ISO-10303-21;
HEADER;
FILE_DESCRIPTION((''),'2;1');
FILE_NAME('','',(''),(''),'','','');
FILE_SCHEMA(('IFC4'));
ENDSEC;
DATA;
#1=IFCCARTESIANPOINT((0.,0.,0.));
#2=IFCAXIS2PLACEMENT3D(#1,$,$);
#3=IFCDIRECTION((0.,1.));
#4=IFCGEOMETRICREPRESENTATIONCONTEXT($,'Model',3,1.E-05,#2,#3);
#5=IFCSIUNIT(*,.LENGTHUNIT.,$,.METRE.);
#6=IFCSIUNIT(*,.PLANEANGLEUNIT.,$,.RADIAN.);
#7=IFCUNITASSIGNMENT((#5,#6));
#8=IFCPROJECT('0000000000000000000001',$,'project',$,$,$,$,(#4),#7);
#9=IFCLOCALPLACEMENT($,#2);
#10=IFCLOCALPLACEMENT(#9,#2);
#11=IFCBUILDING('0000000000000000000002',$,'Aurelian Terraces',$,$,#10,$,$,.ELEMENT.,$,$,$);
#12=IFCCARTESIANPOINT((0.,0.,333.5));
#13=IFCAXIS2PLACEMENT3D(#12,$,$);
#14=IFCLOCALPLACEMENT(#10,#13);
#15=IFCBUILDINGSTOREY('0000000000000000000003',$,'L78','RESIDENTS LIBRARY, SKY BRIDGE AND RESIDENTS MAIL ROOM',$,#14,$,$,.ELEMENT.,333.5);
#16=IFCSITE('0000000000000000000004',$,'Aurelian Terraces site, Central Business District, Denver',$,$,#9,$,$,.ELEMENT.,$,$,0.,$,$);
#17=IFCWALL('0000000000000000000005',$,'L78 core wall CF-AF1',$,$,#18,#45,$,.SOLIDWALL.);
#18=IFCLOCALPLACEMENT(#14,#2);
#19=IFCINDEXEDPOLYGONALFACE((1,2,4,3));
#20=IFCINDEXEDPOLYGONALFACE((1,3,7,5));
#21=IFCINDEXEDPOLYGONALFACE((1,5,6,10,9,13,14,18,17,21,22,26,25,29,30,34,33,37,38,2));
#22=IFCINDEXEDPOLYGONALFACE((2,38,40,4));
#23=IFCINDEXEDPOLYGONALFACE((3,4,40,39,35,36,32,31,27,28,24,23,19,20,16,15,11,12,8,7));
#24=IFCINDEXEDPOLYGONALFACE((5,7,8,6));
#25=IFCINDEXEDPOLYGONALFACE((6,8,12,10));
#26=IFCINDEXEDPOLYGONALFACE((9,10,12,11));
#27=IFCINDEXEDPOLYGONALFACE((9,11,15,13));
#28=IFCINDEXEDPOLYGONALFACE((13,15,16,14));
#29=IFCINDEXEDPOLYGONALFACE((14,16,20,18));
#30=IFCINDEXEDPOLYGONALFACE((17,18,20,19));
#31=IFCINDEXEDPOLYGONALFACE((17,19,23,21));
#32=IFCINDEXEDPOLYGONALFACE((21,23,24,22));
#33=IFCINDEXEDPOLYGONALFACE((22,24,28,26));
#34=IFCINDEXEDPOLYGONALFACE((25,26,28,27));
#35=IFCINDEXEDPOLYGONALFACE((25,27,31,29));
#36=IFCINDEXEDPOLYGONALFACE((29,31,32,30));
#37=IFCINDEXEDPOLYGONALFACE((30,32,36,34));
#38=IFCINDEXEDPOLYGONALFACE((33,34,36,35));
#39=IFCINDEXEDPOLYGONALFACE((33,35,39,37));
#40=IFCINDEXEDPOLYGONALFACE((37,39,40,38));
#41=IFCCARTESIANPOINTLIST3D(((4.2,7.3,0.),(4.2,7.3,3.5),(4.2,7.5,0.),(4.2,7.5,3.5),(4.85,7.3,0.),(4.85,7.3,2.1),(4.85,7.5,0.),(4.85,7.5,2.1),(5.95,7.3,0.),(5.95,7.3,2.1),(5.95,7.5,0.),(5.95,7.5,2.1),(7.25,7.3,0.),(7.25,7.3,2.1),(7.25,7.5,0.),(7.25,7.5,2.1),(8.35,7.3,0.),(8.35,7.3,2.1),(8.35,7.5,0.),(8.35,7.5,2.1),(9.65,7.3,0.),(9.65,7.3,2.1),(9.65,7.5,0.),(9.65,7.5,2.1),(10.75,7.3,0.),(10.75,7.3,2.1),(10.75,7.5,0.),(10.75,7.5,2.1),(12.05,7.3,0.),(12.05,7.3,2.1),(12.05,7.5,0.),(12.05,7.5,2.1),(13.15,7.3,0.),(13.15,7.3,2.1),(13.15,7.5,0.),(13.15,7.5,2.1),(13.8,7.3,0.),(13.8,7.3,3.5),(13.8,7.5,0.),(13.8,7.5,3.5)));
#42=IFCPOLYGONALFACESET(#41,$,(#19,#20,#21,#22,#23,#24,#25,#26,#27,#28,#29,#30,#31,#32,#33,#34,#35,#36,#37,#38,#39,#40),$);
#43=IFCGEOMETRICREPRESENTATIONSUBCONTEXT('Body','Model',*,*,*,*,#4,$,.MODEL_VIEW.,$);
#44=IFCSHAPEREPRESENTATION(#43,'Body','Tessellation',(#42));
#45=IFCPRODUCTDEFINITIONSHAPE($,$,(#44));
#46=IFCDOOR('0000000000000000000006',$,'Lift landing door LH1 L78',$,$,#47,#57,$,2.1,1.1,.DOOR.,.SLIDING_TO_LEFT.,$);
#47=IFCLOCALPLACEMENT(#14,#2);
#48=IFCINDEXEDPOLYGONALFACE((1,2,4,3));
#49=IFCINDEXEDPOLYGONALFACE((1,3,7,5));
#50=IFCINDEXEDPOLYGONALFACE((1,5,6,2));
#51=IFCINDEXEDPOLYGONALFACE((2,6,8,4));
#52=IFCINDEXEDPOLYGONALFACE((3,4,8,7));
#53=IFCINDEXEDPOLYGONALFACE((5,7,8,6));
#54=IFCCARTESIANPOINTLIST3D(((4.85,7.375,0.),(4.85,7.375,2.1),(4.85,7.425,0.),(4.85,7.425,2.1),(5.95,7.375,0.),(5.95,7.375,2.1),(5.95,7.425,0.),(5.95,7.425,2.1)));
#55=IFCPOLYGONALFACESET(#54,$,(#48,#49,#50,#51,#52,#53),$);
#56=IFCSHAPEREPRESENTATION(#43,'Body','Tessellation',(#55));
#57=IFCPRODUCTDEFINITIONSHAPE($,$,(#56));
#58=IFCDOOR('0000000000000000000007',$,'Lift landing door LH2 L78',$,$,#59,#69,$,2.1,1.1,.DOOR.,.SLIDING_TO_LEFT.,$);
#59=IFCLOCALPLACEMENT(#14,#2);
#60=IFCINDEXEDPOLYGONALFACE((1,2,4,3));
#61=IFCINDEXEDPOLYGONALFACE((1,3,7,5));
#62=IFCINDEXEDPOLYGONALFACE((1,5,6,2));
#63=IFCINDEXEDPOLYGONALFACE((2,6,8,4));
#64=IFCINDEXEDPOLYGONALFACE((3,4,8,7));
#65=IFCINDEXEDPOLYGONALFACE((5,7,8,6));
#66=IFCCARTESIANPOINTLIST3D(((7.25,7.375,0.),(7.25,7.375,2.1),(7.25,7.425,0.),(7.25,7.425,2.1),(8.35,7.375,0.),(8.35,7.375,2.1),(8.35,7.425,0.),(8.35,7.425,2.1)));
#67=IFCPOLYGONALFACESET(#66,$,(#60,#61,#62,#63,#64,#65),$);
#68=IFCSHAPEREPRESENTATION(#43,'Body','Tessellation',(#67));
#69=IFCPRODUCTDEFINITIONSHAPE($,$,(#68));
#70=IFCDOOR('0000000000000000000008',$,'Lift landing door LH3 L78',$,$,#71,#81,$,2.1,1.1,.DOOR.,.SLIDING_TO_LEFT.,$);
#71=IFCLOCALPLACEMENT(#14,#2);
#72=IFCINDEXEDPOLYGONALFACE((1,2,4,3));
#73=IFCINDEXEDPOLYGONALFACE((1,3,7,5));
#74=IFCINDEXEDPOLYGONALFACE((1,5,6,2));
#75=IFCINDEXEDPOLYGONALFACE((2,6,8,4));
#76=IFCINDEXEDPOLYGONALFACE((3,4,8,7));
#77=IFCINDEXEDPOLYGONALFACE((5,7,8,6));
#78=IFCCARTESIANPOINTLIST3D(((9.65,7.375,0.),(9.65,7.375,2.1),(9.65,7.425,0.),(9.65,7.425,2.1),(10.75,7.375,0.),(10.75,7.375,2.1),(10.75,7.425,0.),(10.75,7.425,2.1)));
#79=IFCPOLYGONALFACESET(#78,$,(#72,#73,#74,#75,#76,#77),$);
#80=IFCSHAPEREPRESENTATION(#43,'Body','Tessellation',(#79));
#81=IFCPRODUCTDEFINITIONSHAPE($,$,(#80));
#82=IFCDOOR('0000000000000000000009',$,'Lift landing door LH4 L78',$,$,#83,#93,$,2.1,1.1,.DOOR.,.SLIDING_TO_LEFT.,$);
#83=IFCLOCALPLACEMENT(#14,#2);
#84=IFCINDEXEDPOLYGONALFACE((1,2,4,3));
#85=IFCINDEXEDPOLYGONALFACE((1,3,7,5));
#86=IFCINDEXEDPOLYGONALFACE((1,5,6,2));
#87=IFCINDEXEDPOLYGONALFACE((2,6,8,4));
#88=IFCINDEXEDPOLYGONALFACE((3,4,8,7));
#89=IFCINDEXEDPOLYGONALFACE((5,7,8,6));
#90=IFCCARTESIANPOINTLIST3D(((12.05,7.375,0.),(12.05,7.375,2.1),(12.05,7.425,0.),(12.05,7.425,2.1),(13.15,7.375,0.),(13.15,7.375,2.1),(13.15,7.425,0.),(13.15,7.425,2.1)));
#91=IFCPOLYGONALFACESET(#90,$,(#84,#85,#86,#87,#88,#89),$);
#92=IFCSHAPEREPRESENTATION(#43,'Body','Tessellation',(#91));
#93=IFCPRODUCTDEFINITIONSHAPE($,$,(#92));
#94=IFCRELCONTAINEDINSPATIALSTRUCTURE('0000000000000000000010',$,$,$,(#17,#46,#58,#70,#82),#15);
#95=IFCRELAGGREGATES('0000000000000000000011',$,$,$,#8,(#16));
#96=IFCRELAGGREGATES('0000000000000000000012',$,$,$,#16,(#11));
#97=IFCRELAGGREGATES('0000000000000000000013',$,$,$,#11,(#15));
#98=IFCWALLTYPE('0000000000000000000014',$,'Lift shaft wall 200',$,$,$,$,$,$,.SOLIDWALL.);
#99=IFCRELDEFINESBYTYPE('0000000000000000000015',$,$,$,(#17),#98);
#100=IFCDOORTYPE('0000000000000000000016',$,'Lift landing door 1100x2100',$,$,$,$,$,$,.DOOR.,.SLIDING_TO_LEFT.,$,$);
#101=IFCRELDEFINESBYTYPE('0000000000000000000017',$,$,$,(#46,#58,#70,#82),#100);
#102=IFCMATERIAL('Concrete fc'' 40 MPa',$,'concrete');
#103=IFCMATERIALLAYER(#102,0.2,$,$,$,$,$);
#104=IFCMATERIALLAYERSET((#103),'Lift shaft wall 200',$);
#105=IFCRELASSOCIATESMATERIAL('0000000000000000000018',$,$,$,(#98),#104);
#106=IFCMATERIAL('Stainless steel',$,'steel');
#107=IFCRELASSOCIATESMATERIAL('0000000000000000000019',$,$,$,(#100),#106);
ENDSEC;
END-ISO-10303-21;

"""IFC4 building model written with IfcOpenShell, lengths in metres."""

from ifc_helpers import new_model, si_unit, direction, frame, frame_2d, origin, place, context, subcontext, project, spatial, rectangle, extrude, source, transform, mapped, material, layer, layer_set, type_object, element, fill, save


model = new_model("IFC4")

# Units and contexts
model_context = context("Model", 3, precision=1e-05, world=origin(), true_north=direction((0.0, 1.0)))
body_context = subcontext(model_context, "Body", "Model", "MODEL_VIEW")
ifc_project = project(units=[si_unit("LENGTHUNIT", "METRE"), si_unit("PLANEANGLEUNIT", "RADIAN")], contexts=[model_context])

# Site, building, storey
site_placement = place(None, origin())
site = spatial("IfcSite", under=ifc_project, at=site_placement, Name="Aurelian Terraces site, Central Business District, Denver", CompositionType="ELEMENT", RefElevation=0.0)
building_placement = place(site_placement, origin())
building = spatial("IfcBuilding", under=site, at=building_placement, Name="Aurelian Terraces", CompositionType="ELEMENT")
storey_placement = place(building_placement, frame((0.0, 0.0, 333.5)))
storey = spatial("IfcBuildingStorey", under=building, at=storey_placement, Name="L78", Description="RESIDENTS LIBRARY, SKY BRIDGE AND RESIDENTS MAIL ROOM", CompositionType="ELEMENT", Elevation=333.5)

# Shared definitions
ifc_material_1 = material(Name="Concrete fc' 40 MPa", Category="concrete")

# Shared definitions
ifc_layer_1 = layer(ifc_material_1, 0.2)
ifc_layer_set_1 = layer_set([ifc_layer_1], Name="Lift shaft wall 200")
wall_type_1 = type_object("IfcWallType", Name="Lift shaft wall 200", PredefinedType="SOLIDWALL", material=ifc_layer_set_1)

# Wall, openings, doors
shared_shape_1 = source(origin(), body_context, "Body", "SweptSolid", [
    extrude(rectangle(XDim=1.1, YDim=2.1, at=frame_2d((0.55, 1.05))), frame((0.0, 0.11, 0.0), z_axis=(0.0, -1.0, 0.0), x_axis=(1.0, 0.0, 0.0)), (0.0, 0.0, 1.0), 0.22),
])
ifc_material_2 = material(Name="Stainless steel", Category="steel")
door_type_1 = type_object("IfcDoorType", Name="Lift landing door 1100x2100", OperationType="SLIDING_TO_LEFT", PredefinedType="DOOR", material=ifc_material_2)
shared_shape_2 = source(origin(), body_context, "Body", "SweptSolid", [
    extrude(rectangle(XDim=1.1, YDim=2.1, at=frame_2d((0.55, 1.05))), frame((0.0, 0.025, 0.0), z_axis=(0.0, -1.0, 0.0), x_axis=(1.0, 0.0, 0.0)), (0.0, 0.0, 1.0), 0.05),
])
shared_shape_3 = source(origin(), body_context, "Body", "SweptSolid", [
    extrude(rectangle(XDim=9.6, YDim=0.2, at=frame_2d((4.8, 0.0))), origin(), (0.0, 0.0, 1.0), 3.5),
])
wall_1_placement = place(storey_placement, frame((4.2, 7.4, 0.0), z_axis=(0.0, 0.0, 1.0), x_axis=(1.0, 0.0, 0.0)))
wall_1 = element("IfcWall", 1, at=wall_1_placement, inside=storey, type_object=wall_type_1, Name="L78 core wall CF-AF1", PredefinedType="SOLIDWALL", context=body_context, shape_type="MappedRepresentation", body=[
    mapped(shared_shape_3, transform((0.0, 0.0, 0.0), scale=1.0)),
])
opening_1_placement = place(wall_1_placement, frame((0.65, 0.0, 0.0)))
opening_1 = element("IfcOpeningElement", 2, at=opening_1_placement, cuts=wall_1, PredefinedType="OPENING", context=body_context, shape_type="MappedRepresentation", body=[
    mapped(shared_shape_1, transform((0.0, 0.0, 0.0), scale=1.0)),
])
opening_2_placement = place(wall_1_placement, frame((3.05, 0.0, 0.0)))
opening_2 = element("IfcOpeningElement", 3, at=opening_2_placement, cuts=wall_1, PredefinedType="OPENING", context=body_context, shape_type="MappedRepresentation", body=[
    mapped(shared_shape_1, transform((0.0, 0.0, 0.0), scale=1.0)),
])
opening_3_placement = place(wall_1_placement, frame((5.45, 0.0, 0.0)))
opening_3 = element("IfcOpeningElement", 4, at=opening_3_placement, cuts=wall_1, PredefinedType="OPENING", context=body_context, shape_type="MappedRepresentation", body=[
    mapped(shared_shape_1, transform((0.0, 0.0, 0.0), scale=1.0)),
])
opening_4_placement = place(wall_1_placement, frame((7.85, 0.0, 0.0)))
opening_4 = element("IfcOpeningElement", 5, at=opening_4_placement, cuts=wall_1, PredefinedType="OPENING", context=body_context, shape_type="MappedRepresentation", body=[
    mapped(shared_shape_1, transform((0.0, 0.0, 0.0), scale=1.0)),
])
door_1_placement = place(opening_1_placement, origin())
door_1 = element("IfcDoor", 6, at=door_1_placement, inside=storey, type_object=door_type_1, Name="Lift landing door LH1 L78", OperationType="SLIDING_TO_LEFT", OverallHeight=2.1, OverallWidth=1.1, PredefinedType="DOOR", context=body_context, shape_type="MappedRepresentation", body=[
    mapped(shared_shape_2, transform((0.0, 0.0, 0.0), scale=1.0)),
])
fill(opening_1, door_1)
door_2_placement = place(opening_2_placement, origin())
door_2 = element("IfcDoor", 7, at=door_2_placement, inside=storey, type_object=door_type_1, Name="Lift landing door LH2 L78", OperationType="SLIDING_TO_LEFT", OverallHeight=2.1, OverallWidth=1.1, PredefinedType="DOOR", context=body_context, shape_type="MappedRepresentation", body=[
    mapped(shared_shape_2, transform((0.0, 0.0, 0.0), scale=1.0)),
])
fill(opening_2, door_2)
door_3_placement = place(opening_3_placement, origin())
door_3 = element("IfcDoor", 8, at=door_3_placement, inside=storey, type_object=door_type_1, Name="Lift landing door LH3 L78", OperationType="SLIDING_TO_LEFT", OverallHeight=2.1, OverallWidth=1.1, PredefinedType="DOOR", context=body_context, shape_type="MappedRepresentation", body=[
    mapped(shared_shape_2, transform((0.0, 0.0, 0.0), scale=1.0)),
])
fill(opening_3, door_3)
door_4_placement = place(opening_4_placement, origin())
door_4 = element("IfcDoor", 9, at=door_4_placement, inside=storey, type_object=door_type_1, Name="Lift landing door LH4 L78", OperationType="SLIDING_TO_LEFT", OverallHeight=2.1, OverallWidth=1.1, PredefinedType="DOOR", context=body_context, shape_type="MappedRepresentation", body=[
    mapped(shared_shape_2, transform((0.0, 0.0, 0.0), scale=1.0)),
])
fill(opening_4, door_4)

save(model, "model.ifc")
